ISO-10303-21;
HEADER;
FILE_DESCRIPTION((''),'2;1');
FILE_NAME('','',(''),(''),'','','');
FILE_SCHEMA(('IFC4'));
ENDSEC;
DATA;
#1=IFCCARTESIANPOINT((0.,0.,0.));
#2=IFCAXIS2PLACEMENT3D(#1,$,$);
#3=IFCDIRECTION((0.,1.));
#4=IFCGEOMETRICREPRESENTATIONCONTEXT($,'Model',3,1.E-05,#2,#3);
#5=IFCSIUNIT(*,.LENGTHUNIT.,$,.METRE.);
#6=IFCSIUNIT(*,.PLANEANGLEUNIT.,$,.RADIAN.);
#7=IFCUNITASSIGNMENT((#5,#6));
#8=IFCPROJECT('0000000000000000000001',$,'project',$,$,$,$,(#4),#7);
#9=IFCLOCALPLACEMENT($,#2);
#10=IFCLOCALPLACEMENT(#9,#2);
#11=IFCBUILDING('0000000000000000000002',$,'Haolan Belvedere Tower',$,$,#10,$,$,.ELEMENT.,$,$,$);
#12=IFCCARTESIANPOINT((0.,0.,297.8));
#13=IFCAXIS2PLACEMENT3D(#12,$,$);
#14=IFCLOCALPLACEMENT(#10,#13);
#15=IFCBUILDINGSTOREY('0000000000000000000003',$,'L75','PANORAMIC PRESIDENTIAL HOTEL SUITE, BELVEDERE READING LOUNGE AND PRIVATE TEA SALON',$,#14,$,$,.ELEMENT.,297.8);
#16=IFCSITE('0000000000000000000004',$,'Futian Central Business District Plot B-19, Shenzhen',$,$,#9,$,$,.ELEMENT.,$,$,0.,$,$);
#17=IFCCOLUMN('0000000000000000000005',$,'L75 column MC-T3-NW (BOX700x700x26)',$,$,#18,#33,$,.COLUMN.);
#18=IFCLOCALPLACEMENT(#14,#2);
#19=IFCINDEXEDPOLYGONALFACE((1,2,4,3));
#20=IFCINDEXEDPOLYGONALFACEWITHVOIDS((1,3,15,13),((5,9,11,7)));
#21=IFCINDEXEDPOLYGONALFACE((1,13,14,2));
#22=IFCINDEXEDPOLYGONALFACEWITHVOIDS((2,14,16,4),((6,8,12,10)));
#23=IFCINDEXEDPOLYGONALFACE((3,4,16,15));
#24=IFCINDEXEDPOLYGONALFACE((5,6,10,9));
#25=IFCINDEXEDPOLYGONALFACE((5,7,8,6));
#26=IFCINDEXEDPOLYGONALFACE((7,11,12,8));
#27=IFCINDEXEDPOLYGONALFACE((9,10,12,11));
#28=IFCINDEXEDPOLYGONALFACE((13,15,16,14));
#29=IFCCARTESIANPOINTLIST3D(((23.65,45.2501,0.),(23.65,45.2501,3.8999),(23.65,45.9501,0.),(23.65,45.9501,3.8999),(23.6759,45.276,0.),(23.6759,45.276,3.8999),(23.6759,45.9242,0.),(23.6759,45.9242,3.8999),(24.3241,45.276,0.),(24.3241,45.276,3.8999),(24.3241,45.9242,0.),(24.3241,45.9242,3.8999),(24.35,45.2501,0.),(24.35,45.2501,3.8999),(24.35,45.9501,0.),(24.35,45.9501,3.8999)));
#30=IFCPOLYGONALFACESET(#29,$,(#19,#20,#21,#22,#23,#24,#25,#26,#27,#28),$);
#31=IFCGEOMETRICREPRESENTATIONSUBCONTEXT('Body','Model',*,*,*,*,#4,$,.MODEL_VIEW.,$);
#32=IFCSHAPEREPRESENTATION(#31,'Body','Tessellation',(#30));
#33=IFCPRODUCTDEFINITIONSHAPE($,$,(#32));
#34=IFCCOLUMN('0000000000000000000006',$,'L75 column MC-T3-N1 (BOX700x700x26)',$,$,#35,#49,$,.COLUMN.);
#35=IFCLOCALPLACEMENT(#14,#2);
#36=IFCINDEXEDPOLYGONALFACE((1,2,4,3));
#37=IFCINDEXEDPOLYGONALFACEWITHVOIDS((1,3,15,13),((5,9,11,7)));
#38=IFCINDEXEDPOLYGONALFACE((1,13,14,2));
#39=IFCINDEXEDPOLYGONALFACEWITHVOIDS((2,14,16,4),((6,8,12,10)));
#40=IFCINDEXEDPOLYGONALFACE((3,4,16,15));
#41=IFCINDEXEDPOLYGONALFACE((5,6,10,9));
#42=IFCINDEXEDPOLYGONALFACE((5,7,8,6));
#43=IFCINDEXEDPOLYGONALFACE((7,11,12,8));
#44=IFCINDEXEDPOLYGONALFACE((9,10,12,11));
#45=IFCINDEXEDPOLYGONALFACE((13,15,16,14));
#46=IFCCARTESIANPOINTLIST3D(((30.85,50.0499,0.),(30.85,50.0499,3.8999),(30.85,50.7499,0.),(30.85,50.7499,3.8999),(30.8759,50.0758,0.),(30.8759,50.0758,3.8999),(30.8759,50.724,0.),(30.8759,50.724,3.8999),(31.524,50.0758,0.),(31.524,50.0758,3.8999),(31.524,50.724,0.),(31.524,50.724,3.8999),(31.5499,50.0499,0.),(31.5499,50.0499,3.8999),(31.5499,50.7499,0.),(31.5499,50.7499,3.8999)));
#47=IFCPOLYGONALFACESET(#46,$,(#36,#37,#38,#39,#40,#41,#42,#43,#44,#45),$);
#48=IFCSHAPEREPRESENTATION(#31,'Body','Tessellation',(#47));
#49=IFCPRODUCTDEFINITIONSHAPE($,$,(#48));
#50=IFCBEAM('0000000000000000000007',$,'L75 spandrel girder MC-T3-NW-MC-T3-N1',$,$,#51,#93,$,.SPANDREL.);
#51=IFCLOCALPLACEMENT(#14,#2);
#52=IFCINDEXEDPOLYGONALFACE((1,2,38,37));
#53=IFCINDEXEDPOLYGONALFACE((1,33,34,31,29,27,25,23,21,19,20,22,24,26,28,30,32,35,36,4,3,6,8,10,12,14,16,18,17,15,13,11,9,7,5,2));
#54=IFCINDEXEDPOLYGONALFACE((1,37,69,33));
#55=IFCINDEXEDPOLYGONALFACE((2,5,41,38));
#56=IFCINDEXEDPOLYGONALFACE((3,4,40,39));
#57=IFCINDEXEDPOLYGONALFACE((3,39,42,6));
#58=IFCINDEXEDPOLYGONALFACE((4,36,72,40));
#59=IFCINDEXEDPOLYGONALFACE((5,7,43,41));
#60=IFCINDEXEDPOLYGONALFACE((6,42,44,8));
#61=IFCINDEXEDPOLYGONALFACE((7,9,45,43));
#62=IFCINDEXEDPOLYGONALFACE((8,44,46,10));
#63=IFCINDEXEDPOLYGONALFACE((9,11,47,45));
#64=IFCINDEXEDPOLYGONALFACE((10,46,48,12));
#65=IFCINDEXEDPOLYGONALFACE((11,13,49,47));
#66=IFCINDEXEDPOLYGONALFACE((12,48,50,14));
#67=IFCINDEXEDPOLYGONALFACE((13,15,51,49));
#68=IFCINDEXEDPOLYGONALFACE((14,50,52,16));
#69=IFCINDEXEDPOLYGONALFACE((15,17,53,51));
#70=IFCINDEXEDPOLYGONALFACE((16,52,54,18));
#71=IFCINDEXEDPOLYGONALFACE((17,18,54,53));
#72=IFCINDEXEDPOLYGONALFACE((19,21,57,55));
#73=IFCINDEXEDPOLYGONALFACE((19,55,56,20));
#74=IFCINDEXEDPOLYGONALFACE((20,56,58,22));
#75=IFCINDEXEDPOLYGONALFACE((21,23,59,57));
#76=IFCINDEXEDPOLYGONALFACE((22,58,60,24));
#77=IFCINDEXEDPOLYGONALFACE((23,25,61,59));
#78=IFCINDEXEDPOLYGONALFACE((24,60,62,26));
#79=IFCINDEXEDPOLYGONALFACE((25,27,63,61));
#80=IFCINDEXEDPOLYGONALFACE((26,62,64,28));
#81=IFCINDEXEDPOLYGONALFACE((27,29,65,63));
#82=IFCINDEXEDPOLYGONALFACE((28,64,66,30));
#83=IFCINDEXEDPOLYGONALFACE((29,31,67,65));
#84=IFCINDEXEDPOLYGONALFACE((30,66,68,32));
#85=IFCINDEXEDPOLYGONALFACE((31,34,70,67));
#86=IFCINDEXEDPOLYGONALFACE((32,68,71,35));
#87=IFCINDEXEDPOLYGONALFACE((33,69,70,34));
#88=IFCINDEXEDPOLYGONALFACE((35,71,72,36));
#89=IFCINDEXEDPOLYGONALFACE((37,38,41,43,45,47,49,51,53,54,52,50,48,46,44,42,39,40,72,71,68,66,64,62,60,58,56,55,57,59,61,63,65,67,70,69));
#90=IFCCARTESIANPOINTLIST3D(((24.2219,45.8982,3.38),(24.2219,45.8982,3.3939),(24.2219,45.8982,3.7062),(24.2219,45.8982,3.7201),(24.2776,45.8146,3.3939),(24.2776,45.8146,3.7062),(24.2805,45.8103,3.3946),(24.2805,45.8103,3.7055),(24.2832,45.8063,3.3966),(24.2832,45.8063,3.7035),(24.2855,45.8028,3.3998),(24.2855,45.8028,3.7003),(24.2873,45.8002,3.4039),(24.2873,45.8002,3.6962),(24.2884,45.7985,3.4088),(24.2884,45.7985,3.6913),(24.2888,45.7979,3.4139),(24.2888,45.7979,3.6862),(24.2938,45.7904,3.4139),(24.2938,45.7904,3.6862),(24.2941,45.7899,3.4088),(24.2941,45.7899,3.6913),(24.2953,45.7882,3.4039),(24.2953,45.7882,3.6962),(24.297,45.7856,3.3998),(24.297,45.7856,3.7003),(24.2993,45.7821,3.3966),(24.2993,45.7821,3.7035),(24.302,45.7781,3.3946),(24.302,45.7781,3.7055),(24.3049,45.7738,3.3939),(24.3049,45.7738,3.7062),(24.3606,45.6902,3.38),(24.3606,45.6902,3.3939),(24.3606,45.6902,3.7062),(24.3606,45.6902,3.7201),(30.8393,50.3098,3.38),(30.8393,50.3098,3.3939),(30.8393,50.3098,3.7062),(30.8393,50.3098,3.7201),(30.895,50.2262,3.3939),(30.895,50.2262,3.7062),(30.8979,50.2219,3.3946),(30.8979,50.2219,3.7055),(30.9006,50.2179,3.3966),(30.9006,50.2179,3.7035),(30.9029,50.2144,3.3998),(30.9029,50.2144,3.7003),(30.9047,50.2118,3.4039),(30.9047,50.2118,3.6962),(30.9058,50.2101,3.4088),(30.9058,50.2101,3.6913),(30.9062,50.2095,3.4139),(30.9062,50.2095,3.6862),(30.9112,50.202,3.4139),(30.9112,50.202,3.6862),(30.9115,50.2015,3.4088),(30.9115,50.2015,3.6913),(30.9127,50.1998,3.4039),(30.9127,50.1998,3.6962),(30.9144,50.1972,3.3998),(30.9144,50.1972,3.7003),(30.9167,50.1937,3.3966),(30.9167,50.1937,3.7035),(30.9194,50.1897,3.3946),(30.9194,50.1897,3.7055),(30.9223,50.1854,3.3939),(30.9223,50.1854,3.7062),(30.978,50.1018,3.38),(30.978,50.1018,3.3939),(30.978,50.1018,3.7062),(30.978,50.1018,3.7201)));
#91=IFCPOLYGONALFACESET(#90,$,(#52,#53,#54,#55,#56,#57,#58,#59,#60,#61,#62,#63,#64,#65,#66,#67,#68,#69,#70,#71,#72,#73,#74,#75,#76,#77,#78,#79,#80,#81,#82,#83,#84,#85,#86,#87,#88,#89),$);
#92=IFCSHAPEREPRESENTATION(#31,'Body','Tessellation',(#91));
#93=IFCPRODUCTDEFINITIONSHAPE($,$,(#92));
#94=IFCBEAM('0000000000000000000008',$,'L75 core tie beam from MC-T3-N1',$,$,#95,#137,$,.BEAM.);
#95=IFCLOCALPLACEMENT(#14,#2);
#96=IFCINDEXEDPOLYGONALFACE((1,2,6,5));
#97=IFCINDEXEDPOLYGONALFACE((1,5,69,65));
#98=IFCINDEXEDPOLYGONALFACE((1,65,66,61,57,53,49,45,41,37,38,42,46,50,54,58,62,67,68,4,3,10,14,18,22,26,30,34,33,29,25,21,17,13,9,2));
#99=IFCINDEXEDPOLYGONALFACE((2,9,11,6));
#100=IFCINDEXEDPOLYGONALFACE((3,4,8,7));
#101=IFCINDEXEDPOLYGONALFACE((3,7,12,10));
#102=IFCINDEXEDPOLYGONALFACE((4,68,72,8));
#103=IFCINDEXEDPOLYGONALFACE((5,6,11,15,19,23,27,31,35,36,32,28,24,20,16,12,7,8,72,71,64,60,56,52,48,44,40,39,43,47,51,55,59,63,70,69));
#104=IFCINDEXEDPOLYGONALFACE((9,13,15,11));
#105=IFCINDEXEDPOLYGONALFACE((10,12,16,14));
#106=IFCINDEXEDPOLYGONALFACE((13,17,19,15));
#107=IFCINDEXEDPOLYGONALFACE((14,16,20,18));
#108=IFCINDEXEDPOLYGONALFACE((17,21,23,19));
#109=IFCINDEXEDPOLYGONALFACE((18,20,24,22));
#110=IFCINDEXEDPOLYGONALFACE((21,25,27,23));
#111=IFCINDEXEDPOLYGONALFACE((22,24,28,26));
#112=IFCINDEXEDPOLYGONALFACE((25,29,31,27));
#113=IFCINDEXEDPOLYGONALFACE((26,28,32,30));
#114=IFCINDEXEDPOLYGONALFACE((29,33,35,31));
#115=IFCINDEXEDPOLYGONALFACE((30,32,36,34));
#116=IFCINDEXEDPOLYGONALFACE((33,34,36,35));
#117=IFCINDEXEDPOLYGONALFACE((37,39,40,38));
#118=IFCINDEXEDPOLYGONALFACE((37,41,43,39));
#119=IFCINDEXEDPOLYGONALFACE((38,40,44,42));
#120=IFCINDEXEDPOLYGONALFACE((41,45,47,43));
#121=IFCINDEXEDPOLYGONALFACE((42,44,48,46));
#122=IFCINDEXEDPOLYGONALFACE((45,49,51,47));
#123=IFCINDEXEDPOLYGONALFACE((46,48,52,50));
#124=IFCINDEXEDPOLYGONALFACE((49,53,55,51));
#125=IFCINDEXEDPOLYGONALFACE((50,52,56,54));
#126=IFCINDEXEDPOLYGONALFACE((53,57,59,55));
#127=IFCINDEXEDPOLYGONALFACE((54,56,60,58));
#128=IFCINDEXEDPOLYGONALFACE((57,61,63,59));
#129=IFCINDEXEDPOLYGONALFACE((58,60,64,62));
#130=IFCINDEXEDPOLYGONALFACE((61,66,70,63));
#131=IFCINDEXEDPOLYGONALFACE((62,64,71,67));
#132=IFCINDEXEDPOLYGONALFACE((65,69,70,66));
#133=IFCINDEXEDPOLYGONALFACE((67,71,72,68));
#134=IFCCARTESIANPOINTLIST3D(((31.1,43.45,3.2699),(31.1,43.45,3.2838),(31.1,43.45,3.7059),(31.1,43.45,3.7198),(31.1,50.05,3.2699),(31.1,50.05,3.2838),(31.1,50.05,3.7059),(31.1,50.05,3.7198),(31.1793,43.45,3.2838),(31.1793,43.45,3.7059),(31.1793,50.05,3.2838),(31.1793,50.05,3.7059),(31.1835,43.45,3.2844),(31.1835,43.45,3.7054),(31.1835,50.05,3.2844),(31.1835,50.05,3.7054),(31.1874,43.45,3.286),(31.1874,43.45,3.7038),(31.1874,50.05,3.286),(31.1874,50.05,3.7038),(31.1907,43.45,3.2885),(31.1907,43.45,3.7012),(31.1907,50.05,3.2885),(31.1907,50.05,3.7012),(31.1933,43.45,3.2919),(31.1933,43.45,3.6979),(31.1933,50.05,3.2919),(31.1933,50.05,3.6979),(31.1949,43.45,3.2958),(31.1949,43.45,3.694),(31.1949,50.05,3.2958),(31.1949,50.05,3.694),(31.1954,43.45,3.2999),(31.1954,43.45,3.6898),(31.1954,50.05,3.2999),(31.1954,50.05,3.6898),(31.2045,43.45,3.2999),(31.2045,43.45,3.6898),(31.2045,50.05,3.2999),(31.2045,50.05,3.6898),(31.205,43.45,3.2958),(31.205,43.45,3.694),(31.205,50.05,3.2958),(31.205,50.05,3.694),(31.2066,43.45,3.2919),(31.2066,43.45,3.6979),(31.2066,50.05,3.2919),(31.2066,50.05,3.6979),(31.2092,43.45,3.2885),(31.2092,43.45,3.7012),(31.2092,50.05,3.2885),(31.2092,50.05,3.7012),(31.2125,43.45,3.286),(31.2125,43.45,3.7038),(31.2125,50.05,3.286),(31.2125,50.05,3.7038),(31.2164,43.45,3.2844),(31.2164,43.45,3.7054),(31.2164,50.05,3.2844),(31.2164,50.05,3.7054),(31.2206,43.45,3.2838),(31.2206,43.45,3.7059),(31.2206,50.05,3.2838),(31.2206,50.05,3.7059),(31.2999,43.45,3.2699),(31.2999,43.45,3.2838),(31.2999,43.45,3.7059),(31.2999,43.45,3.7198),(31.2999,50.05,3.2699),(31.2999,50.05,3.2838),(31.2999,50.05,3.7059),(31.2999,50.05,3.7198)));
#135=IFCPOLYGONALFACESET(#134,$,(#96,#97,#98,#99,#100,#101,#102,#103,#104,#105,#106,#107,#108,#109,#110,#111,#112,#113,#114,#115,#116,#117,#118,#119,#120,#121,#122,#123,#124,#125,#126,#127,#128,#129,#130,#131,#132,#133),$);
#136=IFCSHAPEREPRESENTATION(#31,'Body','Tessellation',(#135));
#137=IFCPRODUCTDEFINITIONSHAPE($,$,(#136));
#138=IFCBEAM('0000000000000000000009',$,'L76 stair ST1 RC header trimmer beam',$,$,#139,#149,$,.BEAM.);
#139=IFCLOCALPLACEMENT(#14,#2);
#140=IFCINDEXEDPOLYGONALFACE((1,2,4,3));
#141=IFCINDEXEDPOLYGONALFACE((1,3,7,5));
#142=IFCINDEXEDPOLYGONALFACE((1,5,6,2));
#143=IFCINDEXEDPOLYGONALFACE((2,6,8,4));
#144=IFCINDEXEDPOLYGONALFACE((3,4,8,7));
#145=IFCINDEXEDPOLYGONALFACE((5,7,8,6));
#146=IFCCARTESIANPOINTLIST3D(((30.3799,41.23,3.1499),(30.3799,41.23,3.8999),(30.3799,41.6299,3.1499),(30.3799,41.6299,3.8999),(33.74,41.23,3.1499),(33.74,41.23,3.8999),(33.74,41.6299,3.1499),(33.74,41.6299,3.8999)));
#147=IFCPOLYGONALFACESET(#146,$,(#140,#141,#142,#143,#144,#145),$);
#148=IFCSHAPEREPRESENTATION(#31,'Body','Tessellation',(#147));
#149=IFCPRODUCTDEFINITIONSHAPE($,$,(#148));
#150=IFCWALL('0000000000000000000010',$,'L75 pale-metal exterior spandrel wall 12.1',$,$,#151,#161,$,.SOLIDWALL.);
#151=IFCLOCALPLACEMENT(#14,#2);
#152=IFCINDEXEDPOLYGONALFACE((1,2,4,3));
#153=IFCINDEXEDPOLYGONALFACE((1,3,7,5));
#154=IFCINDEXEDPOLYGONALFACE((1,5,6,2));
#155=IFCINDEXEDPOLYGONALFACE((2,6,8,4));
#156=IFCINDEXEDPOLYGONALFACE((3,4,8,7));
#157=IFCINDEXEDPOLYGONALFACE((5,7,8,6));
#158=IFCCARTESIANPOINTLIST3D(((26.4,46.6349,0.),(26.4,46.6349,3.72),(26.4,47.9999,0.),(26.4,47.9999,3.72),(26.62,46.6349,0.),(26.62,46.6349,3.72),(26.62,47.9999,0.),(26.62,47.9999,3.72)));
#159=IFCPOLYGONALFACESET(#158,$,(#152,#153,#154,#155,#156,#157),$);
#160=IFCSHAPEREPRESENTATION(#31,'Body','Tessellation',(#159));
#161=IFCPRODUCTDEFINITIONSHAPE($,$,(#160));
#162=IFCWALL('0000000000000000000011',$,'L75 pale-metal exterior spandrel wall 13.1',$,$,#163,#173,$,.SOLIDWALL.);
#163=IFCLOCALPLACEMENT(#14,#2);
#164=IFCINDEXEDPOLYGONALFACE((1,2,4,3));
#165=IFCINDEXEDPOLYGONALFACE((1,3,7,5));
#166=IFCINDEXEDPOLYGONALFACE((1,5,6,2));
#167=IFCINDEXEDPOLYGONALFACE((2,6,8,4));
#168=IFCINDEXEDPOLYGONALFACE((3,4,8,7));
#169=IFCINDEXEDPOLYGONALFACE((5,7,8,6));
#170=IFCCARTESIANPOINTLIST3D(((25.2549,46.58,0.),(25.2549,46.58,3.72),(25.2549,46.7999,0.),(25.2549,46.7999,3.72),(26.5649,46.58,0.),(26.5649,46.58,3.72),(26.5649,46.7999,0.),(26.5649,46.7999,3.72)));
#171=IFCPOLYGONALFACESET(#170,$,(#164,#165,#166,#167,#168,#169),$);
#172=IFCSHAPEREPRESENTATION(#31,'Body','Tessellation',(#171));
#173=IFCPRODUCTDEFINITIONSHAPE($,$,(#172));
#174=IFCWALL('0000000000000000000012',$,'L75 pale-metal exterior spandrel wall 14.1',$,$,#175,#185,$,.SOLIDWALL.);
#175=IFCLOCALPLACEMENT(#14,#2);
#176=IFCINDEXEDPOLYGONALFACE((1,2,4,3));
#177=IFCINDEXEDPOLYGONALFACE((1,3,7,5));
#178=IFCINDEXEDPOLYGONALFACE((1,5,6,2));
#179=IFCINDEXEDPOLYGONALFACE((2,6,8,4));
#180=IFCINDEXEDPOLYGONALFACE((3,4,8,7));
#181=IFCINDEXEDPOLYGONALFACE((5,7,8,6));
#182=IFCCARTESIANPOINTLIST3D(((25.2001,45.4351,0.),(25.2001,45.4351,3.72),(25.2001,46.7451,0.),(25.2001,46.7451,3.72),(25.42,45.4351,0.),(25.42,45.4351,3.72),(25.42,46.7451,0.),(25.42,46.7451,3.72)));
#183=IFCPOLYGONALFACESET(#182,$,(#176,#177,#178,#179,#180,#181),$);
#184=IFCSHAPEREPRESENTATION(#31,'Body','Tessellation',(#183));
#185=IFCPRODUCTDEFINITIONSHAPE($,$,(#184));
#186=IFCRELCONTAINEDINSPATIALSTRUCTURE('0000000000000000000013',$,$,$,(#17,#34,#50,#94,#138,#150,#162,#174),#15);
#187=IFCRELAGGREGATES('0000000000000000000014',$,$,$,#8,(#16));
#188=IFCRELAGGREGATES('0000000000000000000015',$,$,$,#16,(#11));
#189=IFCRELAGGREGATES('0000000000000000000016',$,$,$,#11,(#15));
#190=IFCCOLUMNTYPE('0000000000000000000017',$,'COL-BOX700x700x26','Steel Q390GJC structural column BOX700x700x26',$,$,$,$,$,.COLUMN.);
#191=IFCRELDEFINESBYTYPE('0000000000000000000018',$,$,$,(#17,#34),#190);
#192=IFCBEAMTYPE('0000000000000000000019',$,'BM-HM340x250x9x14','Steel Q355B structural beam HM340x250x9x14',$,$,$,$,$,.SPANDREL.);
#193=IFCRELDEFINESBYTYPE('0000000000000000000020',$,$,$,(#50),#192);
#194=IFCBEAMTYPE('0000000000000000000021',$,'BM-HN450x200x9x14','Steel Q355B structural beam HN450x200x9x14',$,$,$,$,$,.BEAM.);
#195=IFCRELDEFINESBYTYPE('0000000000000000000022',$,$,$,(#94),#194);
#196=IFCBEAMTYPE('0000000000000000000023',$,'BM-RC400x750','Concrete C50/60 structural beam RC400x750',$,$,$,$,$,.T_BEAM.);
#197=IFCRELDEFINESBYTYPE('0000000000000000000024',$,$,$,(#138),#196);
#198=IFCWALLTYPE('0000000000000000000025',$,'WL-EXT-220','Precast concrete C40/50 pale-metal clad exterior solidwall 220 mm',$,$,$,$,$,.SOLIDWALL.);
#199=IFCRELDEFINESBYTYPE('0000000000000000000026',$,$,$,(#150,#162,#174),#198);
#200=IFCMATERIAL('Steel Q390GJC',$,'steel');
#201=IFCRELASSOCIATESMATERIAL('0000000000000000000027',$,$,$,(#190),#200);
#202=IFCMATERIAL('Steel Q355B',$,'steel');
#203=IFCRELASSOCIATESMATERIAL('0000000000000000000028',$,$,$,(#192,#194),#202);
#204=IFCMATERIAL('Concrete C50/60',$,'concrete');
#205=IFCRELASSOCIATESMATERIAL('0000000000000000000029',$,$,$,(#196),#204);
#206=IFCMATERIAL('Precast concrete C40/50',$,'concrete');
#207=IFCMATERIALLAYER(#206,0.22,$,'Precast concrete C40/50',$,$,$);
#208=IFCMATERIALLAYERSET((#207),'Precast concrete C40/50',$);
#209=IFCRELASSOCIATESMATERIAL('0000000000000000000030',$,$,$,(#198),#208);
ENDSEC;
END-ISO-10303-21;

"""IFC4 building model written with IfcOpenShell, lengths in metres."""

from ifc_helpers import new_model, si_unit, direction, frame, frame_2d, origin, origin_2d, place, context, subcontext, project, spatial, rectangle, hollow_rectangle, i_section, extrude, material, layer, layer_set, material_profile, profile_set, type_object, element, save


model = new_model("IFC4")

# Units and contexts
model_context = context("Model", 3, precision=1e-05, world=origin(), true_north=direction((0.0, 1.0)))
body_context = subcontext(model_context, "Body", "Model", "MODEL_VIEW")
ifc_project = project(units=[si_unit("LENGTHUNIT", "METRE"), si_unit("PLANEANGLEUNIT", "RADIAN")], contexts=[model_context])

# Site, building, storey
site_placement = place(None, origin())
site = spatial("IfcSite", under=ifc_project, at=site_placement, Name="Futian Central Business District Plot B-19, Shenzhen", CompositionType="ELEMENT", RefElevation=0.0)
building_placement = place(site_placement, origin())
building = spatial("IfcBuilding", under=site, at=building_placement, Name="Haolan Belvedere Tower", CompositionType="ELEMENT")
storey_placement = place(building_placement, frame((0.0, 0.0, 297.8)))
storey = spatial("IfcBuildingStorey", under=building, at=storey_placement, Name="L75", Description="PANORAMIC PRESIDENTIAL HOTEL SUITE, BELVEDERE READING LOUNGE AND PRIVATE TEA SALON", CompositionType="ELEMENT", Elevation=297.8)

# Columns
ifc_material_1 = material(Name="Steel Q390GJC", Category="steel")
ifc_material_profile_1 = material_profile(ifc_material_1, hollow_rectangle(XDim=0.7, YDim=0.7, WallThickness=0.0259, at=origin_2d()), Name="Steel Q390GJC")
ifc_profile_set_1 = profile_set([ifc_material_profile_1], Name="Steel Q390GJC")
column_type = type_object("IfcColumnType", Name="COL-BOX700x700x26", Description="Steel Q390GJC structural column BOX700x700x26", PredefinedType="COLUMN", material=ifc_profile_set_1)
for number, where, z_axis, x_axis, name in (
    (1, (24.0, 45.6001, 0.0), (0.0, 0.0, 1.0), (1.0, 0.0, 0.0), "L75 column MC-T3-NW (BOX700x700x26)"),
    (2, (31.2, 50.3999, 0.0), (0.0, 0.0, 1.0), (1.0, 0.0, 0.0), "L75 column MC-T3-N1 (BOX700x700x26)"),
):
    element("IfcColumn", number, at=place(storey_placement, frame(where, z_axis=z_axis, x_axis=x_axis)), inside=storey, type_object=column_type, Name=name, PredefinedType="COLUMN", context=body_context, shape_type="SweptSolid", body=[
        extrude(hollow_rectangle(XDim=0.7, YDim=0.7, WallThickness=0.0259, at=origin_2d()), origin(), (0.0, 0.0, 1.0), 3.8999),
    ])

# Beams
ifc_material_2 = material(Name="Steel Q355B", Category="steel")
ifc_material_profile_2 = material_profile(ifc_material_2, i_section(OverallWidth=0.25, OverallDepth=0.3401, WebThickness=0.009, FlangeThickness=0.0139, FilletRadius=0.02, at=origin_2d()), Name="Steel Q355B")
ifc_profile_set_2 = profile_set([ifc_material_profile_2], Name="Steel Q355B")
beam_type_1 = type_object("IfcBeamType", Name="BM-HM340x250x9x14", Description="Steel Q355B structural beam HM340x250x9x14", PredefinedType="SPANDREL", material=ifc_profile_set_2)
beam_1_placement = place(storey_placement, frame((24.2913, 45.7942, 3.55), z_axis=(0.83205, 0.5547, 0.0), x_axis=(-0.5547, 0.83205, 0.0)))
element("IfcBeam", 3, at=beam_1_placement, inside=storey, type_object=beam_type_1, Name="L75 spandrel girder MC-T3-NW-MC-T3-N1", PredefinedType="SPANDREL", context=body_context, shape_type="SweptSolid", body=[
    extrude(i_section(OverallWidth=0.25, OverallDepth=0.3401, WebThickness=0.009, FlangeThickness=0.0139, FilletRadius=0.02, at=origin_2d()), origin(), (0.0, 0.0, 1.0), 7.9531),
])
ifc_material_profile_3 = material_profile(ifc_material_2, i_section(OverallWidth=0.2, OverallDepth=0.45, WebThickness=0.009, FlangeThickness=0.0139, FilletRadius=0.0161, at=origin_2d()), Name="Steel Q355B")
ifc_profile_set_3 = profile_set([ifc_material_profile_3], Name="Steel Q355B")
beam_type_2 = type_object("IfcBeamType", Name="BM-HN450x200x9x14", Description="Steel Q355B structural beam HN450x200x9x14", PredefinedType="BEAM", material=ifc_profile_set_3)
beam_2_placement = place(storey_placement, frame((31.2, 50.05, 3.4949), z_axis=(0.0, -1.0, 0.0), x_axis=(1.0, 0.0, 0.0)))
element("IfcBeam", 4, at=beam_2_placement, inside=storey, type_object=beam_type_2, Name="L75 core tie beam from MC-T3-N1", PredefinedType="BEAM", context=body_context, shape_type="SweptSolid", body=[
    extrude(i_section(OverallWidth=0.2, OverallDepth=0.45, WebThickness=0.009, FlangeThickness=0.0139, FilletRadius=0.0161, at=origin_2d()), origin(), (0.0, 0.0, 1.0), 6.6001),
])
ifc_material_3 = material(Name="Concrete C50/60", Category="concrete")
ifc_material_profile_4 = material_profile(ifc_material_3, rectangle(XDim=0.3999, YDim=0.75, at=origin_2d()), Name="Concrete C50/60")
ifc_profile_set_4 = profile_set([ifc_material_profile_4], Name="Concrete C50/60")
beam_type_3 = type_object("IfcBeamType", Name="BM-RC400x750", Description="Concrete C50/60 structural beam RC400x750", PredefinedType="T_BEAM", material=ifc_profile_set_4)
beam_3_placement = place(storey_placement, frame((30.3799, 41.4299, 3.5249), z_axis=(1.0, 0.0, 0.0), x_axis=(0.0, 1.0, 0.0)))
element("IfcBeam", 5, at=beam_3_placement, inside=storey, type_object=beam_type_3, Name="L76 stair ST1 RC header trimmer beam", PredefinedType="BEAM", context=body_context, shape_type="SweptSolid", body=[
    extrude(rectangle(XDim=0.3999, YDim=0.75, at=origin_2d()), origin(), (0.0, 0.0, 1.0), 3.3601),
])

# Walls
ifc_material_4 = material(Name="Precast concrete C40/50", Category="concrete")
ifc_layer_1 = layer(ifc_material_4, 0.22, Name="Precast concrete C40/50")
ifc_layer_set_1 = layer_set([ifc_layer_1], Name="Precast concrete C40/50")
wall_type_1 = type_object("IfcWallType", Name="WL-EXT-220", Description="Precast concrete C40/50 pale-metal clad exterior solidwall 220 mm", PredefinedType="SOLIDWALL", material=ifc_layer_set_1)
wall_1_placement = place(storey_placement, frame((26.51, 48.0, 0.0), z_axis=(0.0, 0.0, 1.0), x_axis=(0.0, -1.0, 0.0)))
element("IfcWall", 6, at=wall_1_placement, inside=storey, type_object=wall_type_1, Name="L75 pale-metal exterior spandrel wall 12.1", PredefinedType="SOLIDWALL", context=body_context, shape_type="SweptSolid", body=[
    extrude(rectangle(XDim=1.365, YDim=0.22, at=frame_2d((0.6826, 0.0))), origin(), (0.0, 0.0, 1.0), 3.72),
])
for number, where, z_axis, x_axis, name in (
    (7, (26.5649, 46.6899, 0.0), (0.0, 0.0, 1.0), (-1.0, 0.0, 0.0), "L75 pale-metal exterior spandrel wall 13.1"),
    (8, (25.3101, 46.7451, 0.0), (0.0, 0.0, 1.0), (0.0, -1.0, 0.0), "L75 pale-metal exterior spandrel wall 14.1"),
):
    element("IfcWall", number, at=place(storey_placement, frame(where, z_axis=z_axis, x_axis=x_axis)), inside=storey, type_object=wall_type_1, Name=name, PredefinedType="SOLIDWALL", context=body_context, shape_type="SweptSolid", body=[
        extrude(rectangle(XDim=1.3101, YDim=0.22, at=frame_2d((0.655, 0.0))), origin(), (0.0, 0.0, 1.0), 3.72),
    ])

save(model, "model.ifc")
